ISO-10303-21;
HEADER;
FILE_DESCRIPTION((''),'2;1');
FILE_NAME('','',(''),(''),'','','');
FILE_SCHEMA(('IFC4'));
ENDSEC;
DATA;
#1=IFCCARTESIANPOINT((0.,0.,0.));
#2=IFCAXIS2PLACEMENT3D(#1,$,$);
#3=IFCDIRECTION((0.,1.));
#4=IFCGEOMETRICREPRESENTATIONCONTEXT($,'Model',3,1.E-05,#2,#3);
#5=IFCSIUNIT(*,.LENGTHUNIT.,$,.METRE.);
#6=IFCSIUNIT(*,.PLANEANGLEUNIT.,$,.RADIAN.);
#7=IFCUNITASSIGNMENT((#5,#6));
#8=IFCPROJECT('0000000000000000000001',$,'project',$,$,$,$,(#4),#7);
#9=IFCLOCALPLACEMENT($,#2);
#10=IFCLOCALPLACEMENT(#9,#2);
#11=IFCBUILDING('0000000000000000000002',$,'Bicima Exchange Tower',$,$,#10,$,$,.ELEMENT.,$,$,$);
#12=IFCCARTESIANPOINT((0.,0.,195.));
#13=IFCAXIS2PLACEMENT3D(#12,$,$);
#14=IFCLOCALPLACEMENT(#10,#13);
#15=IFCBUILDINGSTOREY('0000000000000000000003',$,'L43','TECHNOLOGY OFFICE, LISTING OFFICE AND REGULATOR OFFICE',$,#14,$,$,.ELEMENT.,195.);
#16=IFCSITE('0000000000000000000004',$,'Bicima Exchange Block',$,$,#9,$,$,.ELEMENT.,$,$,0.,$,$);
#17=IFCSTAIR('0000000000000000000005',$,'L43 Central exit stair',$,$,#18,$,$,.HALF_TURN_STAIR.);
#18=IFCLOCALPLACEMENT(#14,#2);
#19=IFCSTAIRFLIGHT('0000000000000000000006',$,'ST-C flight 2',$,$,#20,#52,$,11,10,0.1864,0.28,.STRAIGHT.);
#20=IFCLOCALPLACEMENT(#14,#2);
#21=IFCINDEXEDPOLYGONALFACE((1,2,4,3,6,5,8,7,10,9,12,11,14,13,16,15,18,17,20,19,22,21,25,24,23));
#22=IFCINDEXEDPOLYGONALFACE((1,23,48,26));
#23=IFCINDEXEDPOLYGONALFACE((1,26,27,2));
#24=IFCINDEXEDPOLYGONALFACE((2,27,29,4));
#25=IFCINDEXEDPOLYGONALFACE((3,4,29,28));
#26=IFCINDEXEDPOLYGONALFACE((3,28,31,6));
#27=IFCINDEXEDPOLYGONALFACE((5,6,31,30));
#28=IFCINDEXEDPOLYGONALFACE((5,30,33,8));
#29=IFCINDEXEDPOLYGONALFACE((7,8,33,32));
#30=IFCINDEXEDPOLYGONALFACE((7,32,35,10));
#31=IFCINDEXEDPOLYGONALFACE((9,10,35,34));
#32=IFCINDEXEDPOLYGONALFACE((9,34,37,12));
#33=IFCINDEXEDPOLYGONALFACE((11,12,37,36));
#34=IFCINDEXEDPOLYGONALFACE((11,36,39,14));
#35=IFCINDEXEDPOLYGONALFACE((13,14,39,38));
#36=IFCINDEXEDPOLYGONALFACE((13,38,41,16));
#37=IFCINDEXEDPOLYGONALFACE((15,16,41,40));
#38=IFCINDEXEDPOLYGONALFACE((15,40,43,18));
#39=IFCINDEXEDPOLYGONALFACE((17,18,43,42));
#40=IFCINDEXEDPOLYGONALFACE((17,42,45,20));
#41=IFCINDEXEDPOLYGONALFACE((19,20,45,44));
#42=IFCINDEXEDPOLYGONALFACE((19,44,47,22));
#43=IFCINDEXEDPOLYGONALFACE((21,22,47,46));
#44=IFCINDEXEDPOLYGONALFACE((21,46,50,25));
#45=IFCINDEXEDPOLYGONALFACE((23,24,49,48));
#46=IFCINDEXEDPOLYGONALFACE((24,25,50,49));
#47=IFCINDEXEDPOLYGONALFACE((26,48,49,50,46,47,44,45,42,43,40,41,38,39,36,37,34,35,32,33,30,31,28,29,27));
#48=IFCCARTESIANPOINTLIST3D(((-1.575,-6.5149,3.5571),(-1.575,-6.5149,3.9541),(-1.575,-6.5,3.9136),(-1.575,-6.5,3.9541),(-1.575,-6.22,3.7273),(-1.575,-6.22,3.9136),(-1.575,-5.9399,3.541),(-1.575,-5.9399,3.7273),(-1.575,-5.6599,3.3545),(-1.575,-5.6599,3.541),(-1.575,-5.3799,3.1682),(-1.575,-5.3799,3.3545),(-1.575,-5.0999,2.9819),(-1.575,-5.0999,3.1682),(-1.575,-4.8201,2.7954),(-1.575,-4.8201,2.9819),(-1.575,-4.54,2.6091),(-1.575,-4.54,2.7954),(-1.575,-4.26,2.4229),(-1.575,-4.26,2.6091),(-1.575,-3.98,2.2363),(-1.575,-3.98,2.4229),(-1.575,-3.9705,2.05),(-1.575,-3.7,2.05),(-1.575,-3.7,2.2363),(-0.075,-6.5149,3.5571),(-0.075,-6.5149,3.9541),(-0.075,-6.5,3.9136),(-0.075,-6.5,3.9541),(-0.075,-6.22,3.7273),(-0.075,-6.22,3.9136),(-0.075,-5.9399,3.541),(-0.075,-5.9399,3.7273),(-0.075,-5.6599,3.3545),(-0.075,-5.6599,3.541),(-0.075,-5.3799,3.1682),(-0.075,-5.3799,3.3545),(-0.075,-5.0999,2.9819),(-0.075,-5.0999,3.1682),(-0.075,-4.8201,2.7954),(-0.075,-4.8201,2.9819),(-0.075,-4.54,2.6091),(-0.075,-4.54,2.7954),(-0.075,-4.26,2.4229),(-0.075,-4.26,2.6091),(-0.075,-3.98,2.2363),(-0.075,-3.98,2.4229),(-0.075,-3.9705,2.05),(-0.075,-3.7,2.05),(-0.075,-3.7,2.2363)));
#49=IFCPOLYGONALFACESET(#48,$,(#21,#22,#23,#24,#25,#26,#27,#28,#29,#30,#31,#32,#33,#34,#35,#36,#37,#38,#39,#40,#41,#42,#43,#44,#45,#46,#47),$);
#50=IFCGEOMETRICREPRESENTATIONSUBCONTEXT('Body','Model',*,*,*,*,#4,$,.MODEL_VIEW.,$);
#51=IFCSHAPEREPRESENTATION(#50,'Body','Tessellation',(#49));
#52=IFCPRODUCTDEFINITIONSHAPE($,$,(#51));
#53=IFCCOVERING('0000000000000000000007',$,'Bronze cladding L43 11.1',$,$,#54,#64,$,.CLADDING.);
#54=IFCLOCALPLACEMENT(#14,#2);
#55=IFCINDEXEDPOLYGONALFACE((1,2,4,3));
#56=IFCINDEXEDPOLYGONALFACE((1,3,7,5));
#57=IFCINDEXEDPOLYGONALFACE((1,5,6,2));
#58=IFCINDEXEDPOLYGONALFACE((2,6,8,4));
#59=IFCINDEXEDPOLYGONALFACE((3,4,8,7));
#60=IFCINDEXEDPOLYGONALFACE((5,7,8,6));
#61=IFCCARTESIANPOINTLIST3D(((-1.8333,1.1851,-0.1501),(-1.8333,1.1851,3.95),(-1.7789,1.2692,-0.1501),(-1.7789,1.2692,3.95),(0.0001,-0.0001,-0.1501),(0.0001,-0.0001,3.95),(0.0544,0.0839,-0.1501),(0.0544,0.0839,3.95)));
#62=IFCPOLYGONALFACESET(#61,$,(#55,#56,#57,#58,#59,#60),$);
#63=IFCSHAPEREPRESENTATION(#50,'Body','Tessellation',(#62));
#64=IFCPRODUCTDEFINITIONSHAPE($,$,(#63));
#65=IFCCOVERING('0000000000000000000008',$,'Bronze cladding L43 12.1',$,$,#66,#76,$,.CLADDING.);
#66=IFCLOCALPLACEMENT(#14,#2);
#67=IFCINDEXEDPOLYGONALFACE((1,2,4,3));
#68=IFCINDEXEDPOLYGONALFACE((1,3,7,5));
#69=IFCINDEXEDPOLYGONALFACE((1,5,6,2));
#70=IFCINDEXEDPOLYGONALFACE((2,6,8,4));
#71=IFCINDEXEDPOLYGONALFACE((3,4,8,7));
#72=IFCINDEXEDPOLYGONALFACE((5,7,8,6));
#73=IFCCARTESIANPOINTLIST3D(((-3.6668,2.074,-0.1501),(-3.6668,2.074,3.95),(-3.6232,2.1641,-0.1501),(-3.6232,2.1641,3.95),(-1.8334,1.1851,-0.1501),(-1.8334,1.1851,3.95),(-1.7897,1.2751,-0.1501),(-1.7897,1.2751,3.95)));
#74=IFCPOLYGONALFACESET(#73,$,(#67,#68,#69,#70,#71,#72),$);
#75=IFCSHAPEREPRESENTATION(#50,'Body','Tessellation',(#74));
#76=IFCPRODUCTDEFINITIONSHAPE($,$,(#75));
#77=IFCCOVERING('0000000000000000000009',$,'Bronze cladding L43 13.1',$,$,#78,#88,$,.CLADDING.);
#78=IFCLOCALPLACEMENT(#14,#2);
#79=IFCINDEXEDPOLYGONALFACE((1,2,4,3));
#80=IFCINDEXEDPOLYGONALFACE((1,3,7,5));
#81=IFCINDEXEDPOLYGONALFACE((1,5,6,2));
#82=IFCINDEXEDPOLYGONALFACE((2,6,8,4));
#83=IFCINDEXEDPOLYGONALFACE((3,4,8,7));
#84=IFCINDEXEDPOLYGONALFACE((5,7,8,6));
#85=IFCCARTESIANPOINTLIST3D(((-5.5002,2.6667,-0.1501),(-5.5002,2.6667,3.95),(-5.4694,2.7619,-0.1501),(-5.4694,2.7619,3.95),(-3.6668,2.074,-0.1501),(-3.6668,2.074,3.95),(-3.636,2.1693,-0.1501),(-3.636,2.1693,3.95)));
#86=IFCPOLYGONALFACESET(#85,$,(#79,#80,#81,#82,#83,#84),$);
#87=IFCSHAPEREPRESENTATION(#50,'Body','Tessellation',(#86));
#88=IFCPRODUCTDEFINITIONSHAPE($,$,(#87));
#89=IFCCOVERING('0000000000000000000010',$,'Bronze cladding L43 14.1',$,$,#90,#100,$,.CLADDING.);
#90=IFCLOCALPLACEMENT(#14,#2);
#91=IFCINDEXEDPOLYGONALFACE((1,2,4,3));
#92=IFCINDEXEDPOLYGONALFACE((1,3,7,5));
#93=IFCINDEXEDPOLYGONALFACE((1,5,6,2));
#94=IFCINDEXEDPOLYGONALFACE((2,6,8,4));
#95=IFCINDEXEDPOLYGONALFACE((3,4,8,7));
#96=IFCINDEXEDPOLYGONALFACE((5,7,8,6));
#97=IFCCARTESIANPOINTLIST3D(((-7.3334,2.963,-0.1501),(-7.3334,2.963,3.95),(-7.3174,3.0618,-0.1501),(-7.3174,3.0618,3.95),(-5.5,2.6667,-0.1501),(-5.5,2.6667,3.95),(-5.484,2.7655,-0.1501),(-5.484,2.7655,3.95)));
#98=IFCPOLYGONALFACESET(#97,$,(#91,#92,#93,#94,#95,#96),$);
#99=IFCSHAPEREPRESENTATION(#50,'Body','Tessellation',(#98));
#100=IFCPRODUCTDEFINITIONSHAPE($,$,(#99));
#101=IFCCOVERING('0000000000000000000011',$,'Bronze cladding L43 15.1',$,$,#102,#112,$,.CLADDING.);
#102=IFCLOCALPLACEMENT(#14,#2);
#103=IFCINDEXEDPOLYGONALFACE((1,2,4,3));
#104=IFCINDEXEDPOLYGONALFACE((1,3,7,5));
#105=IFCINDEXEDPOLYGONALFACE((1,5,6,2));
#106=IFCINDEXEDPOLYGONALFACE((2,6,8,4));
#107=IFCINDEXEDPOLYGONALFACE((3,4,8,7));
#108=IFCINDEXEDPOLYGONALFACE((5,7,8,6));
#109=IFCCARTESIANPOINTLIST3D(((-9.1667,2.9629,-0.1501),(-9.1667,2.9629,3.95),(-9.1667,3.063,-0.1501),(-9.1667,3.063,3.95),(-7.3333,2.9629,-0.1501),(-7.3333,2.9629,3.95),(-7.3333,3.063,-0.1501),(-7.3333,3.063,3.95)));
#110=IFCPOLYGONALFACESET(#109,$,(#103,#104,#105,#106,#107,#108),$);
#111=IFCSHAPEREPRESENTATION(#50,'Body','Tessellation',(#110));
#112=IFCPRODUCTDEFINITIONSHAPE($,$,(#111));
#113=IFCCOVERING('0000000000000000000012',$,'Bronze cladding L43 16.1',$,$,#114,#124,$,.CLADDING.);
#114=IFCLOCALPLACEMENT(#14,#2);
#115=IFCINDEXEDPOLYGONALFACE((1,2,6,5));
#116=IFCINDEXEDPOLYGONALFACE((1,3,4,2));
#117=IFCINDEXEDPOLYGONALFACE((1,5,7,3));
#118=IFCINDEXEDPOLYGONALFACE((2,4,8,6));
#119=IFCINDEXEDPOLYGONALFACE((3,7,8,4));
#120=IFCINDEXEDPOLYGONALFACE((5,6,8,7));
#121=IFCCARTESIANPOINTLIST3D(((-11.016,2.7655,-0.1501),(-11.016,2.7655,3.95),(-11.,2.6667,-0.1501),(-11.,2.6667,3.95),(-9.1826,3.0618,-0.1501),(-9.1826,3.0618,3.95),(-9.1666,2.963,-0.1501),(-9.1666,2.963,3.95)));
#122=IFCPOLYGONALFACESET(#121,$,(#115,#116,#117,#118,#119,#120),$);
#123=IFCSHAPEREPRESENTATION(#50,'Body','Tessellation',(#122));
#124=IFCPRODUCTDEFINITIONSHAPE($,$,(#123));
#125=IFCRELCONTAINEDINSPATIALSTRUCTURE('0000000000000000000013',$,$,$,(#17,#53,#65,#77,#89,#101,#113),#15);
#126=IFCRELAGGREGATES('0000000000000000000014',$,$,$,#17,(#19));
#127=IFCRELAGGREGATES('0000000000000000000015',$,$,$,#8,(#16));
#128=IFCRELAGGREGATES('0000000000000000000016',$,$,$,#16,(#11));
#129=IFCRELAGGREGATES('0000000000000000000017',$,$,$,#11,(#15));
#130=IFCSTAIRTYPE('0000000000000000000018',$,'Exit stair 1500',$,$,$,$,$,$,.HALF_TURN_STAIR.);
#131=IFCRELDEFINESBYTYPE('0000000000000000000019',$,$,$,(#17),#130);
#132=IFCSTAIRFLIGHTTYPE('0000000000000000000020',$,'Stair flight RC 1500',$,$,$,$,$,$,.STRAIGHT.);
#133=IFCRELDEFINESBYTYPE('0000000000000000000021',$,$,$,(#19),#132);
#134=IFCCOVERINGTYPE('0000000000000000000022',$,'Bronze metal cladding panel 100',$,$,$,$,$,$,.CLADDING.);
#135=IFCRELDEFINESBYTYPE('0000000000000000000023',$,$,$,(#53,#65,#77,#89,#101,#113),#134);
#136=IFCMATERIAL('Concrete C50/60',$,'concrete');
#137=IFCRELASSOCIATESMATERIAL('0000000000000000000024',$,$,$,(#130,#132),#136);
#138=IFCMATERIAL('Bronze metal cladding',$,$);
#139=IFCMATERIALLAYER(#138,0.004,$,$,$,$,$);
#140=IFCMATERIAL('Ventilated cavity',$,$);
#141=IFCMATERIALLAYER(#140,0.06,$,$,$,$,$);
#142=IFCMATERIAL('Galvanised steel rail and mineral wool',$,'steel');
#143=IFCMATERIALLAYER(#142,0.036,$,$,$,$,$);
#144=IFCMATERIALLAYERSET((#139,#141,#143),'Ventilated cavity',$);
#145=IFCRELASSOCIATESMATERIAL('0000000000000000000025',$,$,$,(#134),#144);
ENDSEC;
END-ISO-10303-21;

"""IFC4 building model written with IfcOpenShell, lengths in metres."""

from ifc_helpers import new_model, si_unit, direction, frame, origin, origin_2d, place, context, subcontext, project, spatial, polyline, rectangle, outline, extrude, material, layer, layer_set, type_object, element, aggregate, save


model = new_model("IFC4")

# Units and contexts
model_context = context("Model", 3, precision=1e-05, world=origin(), true_north=direction((0.0, 1.0)))
body_context = subcontext(model_context, "Body", "Model", "MODEL_VIEW")
ifc_project = project(units=[si_unit("LENGTHUNIT", "METRE"), si_unit("PLANEANGLEUNIT", "RADIAN")], contexts=[model_context])

# Site, building, storey
site_placement = place(None, origin())
site = spatial("IfcSite", under=ifc_project, at=site_placement, Name="Bicima Exchange Block", CompositionType="ELEMENT", RefElevation=0.0)
building_placement = place(site_placement, origin())
building = spatial("IfcBuilding", under=site, at=building_placement, Name="Bicima Exchange Tower", CompositionType="ELEMENT")
storey_placement = place(building_placement, frame((0.0, 0.0, 195.0)))
storey = spatial("IfcBuildingStorey", under=building, at=storey_placement, Name="L43", Description="TECHNOLOGY OFFICE, LISTING OFFICE AND REGULATOR OFFICE", CompositionType="ELEMENT", Elevation=195.0)

# Shared definitions
ifc_material_1 = material(Name="Concrete C50/60", Category="concrete")

# Stair, stair flight
stair_type = type_object("IfcStairType", Name="Exit stair 1500", PredefinedType="HALF_TURN_STAIR", material=ifc_material_1)
stair_placement = place(storey_placement, origin())
stair = element("IfcStair", 1, at=stair_placement, inside=storey, type_object=stair_type, Name="L43 Central exit stair", PredefinedType="HALF_TURN_STAIR")
stair_flight_type = type_object("IfcStairFlightType", Name="Stair flight RC 1500", PredefinedType="STRAIGHT", material=ifc_material_1)
stair_flight_placement = place(storey_placement, frame((-0.825, -3.7, 2.05), z_axis=(0.0, 0.0, 1.0), x_axis=(0.0, -1.0, 0.0)))
stair_flight = element("IfcStairFlight", 2, at=stair_flight_placement, type_object=stair_flight_type, Name="ST-C flight 2", NumberOfRisers=11, NumberOfTreads=10, PredefinedType="STRAIGHT", RiserHeight=0.1864, TreadLength=0.28, context=body_context, shape_type="SweptSolid", body=[
    extrude(outline(polyline([(0.0, 0.0), (0.0, 0.1863), (0.28, 0.1863), (0.28, 0.3728), (0.5601, 0.3728), (0.5601, 0.5591), (0.8401, 0.5591), (0.8401, 0.7454), (1.1201, 0.7454), (1.1201, 0.9319), (1.3999, 0.9319), (1.3999, 1.1182), (1.6799, 1.1182), (1.6799, 1.3044), (1.96, 1.3044), (1.96, 1.491), (2.24, 1.491), (2.24, 1.6772), (2.52, 1.6772), (2.52, 1.8635), (2.8, 1.8635), (2.8, 1.9041), (2.8149, 1.9041), (2.8149, 1.5071), (0.2705, 0.0), (0.0, 0.0)])), frame((0.0, 0.75, 0.0), z_axis=(0.0, -1.0, 0.0), x_axis=(1.0, 0.0, 0.0)), (0.0, 0.0, 1.0), 1.5),
])
aggregate(stair, [stair_flight])

# Coverings
ifc_material_2 = material(Name="Bronze metal cladding")
ifc_layer_1 = layer(ifc_material_2, 0.004)
ifc_material_3 = material(Name="Ventilated cavity")
ifc_layer_2 = layer(ifc_material_3, 0.06)
ifc_material_4 = material(Name="Galvanised steel rail and mineral wool", Category="steel")
ifc_layer_3 = layer(ifc_material_4, 0.036)
ifc_layer_set_1 = layer_set([ifc_layer_1, ifc_layer_2, ifc_layer_3], Name="Ventilated cavity")
covering_type = type_object("IfcCoveringType", Name="Bronze metal cladding panel 100", PredefinedType="CLADDING", material=ifc_layer_set_1)
covering_1_placement = place(storey_placement, frame((-0.8894, 0.6345, -0.1501), z_axis=(0.0, 0.0, 1.0), x_axis=(-0.83979, 0.542911, 0.0)))
element("IfcCovering", 3, at=covering_1_placement, inside=storey, type_object=covering_type, Name="Bronze cladding L43 11.1", PredefinedType="CLADDING", context=body_context, shape_type="SweptSolid", body=[
    extrude(rectangle(XDim=2.1831, YDim=0.1001, at=origin_2d()), origin(), (0.0, 0.0, 1.0), 4.1001),
])
covering_2_placement = place(storey_placement, frame((-2.7283, 1.6746, -0.1501), z_axis=(0.0, 0.0, 1.0), x_axis=(-0.899818, 0.436265, 0.0)))
element("IfcCovering", 4, at=covering_2_placement, inside=storey, type_object=covering_type, Name="Bronze cladding L43 12.1", PredefinedType="CLADDING", context=body_context, shape_type="SweptSolid", body=[
    extrude(rectangle(XDim=2.0376, YDim=0.1001, at=origin_2d()), origin(), (0.0, 0.0, 1.0), 4.1001),
])
covering_3_placement = place(storey_placement, frame((-4.5681, 2.418, -0.1501), z_axis=(0.0, 0.0, 1.0), x_axis=(-0.951525, 0.307573, 0.0)))
element("IfcCovering", 5, at=covering_3_placement, inside=storey, type_object=covering_type, Name="Bronze cladding L43 13.1", PredefinedType="CLADDING", context=body_context, shape_type="SweptSolid", body=[
    extrude(rectangle(XDim=1.9268, YDim=0.1001, at=origin_2d()), origin(), (0.0, 0.0, 1.0), 4.1001),
])
covering_4_placement = place(storey_placement, frame((-6.4087, 2.8643, -0.1501), z_axis=(0.0, 0.0, 1.0), x_axis=(-0.98719, 0.15955, 0.0)))
element("IfcCovering", 6, at=covering_4_placement, inside=storey, type_object=covering_type, Name="Bronze cladding L43 14.1", PredefinedType="CLADDING", context=body_context, shape_type="SweptSolid", body=[
    extrude(rectangle(XDim=1.8572, YDim=0.1001, at=origin_2d()), origin(), (0.0, 0.0, 1.0), 4.1001),
])
covering_5_placement = place(storey_placement, frame((-8.25, 3.0129, -0.1501), z_axis=(0.0, 0.0, 1.0), x_axis=(-1.0, 0.0, 0.0)))
element("IfcCovering", 7, at=covering_5_placement, inside=storey, type_object=covering_type, Name="Bronze cladding L43 15.1", PredefinedType="CLADDING", context=body_context, shape_type="SweptSolid", body=[
    extrude(rectangle(XDim=1.8335, YDim=0.1001, at=origin_2d()), origin(), (0.0, 0.0, 1.0), 4.1001),
])
covering_6_placement = place(storey_placement, frame((-10.0913, 2.8643, -0.1501), z_axis=(0.0, 0.0, 1.0), x_axis=(-0.98719, -0.15955, 0.0)))
element("IfcCovering", 8, at=covering_6_placement, inside=storey, type_object=covering_type, Name="Bronze cladding L43 16.1", PredefinedType="CLADDING", context=body_context, shape_type="SweptSolid", body=[
    extrude(rectangle(XDim=1.8572, YDim=0.1001, at=origin_2d()), origin(), (0.0, 0.0, 1.0), 4.1001),
])

save(model, "model.ifc")
